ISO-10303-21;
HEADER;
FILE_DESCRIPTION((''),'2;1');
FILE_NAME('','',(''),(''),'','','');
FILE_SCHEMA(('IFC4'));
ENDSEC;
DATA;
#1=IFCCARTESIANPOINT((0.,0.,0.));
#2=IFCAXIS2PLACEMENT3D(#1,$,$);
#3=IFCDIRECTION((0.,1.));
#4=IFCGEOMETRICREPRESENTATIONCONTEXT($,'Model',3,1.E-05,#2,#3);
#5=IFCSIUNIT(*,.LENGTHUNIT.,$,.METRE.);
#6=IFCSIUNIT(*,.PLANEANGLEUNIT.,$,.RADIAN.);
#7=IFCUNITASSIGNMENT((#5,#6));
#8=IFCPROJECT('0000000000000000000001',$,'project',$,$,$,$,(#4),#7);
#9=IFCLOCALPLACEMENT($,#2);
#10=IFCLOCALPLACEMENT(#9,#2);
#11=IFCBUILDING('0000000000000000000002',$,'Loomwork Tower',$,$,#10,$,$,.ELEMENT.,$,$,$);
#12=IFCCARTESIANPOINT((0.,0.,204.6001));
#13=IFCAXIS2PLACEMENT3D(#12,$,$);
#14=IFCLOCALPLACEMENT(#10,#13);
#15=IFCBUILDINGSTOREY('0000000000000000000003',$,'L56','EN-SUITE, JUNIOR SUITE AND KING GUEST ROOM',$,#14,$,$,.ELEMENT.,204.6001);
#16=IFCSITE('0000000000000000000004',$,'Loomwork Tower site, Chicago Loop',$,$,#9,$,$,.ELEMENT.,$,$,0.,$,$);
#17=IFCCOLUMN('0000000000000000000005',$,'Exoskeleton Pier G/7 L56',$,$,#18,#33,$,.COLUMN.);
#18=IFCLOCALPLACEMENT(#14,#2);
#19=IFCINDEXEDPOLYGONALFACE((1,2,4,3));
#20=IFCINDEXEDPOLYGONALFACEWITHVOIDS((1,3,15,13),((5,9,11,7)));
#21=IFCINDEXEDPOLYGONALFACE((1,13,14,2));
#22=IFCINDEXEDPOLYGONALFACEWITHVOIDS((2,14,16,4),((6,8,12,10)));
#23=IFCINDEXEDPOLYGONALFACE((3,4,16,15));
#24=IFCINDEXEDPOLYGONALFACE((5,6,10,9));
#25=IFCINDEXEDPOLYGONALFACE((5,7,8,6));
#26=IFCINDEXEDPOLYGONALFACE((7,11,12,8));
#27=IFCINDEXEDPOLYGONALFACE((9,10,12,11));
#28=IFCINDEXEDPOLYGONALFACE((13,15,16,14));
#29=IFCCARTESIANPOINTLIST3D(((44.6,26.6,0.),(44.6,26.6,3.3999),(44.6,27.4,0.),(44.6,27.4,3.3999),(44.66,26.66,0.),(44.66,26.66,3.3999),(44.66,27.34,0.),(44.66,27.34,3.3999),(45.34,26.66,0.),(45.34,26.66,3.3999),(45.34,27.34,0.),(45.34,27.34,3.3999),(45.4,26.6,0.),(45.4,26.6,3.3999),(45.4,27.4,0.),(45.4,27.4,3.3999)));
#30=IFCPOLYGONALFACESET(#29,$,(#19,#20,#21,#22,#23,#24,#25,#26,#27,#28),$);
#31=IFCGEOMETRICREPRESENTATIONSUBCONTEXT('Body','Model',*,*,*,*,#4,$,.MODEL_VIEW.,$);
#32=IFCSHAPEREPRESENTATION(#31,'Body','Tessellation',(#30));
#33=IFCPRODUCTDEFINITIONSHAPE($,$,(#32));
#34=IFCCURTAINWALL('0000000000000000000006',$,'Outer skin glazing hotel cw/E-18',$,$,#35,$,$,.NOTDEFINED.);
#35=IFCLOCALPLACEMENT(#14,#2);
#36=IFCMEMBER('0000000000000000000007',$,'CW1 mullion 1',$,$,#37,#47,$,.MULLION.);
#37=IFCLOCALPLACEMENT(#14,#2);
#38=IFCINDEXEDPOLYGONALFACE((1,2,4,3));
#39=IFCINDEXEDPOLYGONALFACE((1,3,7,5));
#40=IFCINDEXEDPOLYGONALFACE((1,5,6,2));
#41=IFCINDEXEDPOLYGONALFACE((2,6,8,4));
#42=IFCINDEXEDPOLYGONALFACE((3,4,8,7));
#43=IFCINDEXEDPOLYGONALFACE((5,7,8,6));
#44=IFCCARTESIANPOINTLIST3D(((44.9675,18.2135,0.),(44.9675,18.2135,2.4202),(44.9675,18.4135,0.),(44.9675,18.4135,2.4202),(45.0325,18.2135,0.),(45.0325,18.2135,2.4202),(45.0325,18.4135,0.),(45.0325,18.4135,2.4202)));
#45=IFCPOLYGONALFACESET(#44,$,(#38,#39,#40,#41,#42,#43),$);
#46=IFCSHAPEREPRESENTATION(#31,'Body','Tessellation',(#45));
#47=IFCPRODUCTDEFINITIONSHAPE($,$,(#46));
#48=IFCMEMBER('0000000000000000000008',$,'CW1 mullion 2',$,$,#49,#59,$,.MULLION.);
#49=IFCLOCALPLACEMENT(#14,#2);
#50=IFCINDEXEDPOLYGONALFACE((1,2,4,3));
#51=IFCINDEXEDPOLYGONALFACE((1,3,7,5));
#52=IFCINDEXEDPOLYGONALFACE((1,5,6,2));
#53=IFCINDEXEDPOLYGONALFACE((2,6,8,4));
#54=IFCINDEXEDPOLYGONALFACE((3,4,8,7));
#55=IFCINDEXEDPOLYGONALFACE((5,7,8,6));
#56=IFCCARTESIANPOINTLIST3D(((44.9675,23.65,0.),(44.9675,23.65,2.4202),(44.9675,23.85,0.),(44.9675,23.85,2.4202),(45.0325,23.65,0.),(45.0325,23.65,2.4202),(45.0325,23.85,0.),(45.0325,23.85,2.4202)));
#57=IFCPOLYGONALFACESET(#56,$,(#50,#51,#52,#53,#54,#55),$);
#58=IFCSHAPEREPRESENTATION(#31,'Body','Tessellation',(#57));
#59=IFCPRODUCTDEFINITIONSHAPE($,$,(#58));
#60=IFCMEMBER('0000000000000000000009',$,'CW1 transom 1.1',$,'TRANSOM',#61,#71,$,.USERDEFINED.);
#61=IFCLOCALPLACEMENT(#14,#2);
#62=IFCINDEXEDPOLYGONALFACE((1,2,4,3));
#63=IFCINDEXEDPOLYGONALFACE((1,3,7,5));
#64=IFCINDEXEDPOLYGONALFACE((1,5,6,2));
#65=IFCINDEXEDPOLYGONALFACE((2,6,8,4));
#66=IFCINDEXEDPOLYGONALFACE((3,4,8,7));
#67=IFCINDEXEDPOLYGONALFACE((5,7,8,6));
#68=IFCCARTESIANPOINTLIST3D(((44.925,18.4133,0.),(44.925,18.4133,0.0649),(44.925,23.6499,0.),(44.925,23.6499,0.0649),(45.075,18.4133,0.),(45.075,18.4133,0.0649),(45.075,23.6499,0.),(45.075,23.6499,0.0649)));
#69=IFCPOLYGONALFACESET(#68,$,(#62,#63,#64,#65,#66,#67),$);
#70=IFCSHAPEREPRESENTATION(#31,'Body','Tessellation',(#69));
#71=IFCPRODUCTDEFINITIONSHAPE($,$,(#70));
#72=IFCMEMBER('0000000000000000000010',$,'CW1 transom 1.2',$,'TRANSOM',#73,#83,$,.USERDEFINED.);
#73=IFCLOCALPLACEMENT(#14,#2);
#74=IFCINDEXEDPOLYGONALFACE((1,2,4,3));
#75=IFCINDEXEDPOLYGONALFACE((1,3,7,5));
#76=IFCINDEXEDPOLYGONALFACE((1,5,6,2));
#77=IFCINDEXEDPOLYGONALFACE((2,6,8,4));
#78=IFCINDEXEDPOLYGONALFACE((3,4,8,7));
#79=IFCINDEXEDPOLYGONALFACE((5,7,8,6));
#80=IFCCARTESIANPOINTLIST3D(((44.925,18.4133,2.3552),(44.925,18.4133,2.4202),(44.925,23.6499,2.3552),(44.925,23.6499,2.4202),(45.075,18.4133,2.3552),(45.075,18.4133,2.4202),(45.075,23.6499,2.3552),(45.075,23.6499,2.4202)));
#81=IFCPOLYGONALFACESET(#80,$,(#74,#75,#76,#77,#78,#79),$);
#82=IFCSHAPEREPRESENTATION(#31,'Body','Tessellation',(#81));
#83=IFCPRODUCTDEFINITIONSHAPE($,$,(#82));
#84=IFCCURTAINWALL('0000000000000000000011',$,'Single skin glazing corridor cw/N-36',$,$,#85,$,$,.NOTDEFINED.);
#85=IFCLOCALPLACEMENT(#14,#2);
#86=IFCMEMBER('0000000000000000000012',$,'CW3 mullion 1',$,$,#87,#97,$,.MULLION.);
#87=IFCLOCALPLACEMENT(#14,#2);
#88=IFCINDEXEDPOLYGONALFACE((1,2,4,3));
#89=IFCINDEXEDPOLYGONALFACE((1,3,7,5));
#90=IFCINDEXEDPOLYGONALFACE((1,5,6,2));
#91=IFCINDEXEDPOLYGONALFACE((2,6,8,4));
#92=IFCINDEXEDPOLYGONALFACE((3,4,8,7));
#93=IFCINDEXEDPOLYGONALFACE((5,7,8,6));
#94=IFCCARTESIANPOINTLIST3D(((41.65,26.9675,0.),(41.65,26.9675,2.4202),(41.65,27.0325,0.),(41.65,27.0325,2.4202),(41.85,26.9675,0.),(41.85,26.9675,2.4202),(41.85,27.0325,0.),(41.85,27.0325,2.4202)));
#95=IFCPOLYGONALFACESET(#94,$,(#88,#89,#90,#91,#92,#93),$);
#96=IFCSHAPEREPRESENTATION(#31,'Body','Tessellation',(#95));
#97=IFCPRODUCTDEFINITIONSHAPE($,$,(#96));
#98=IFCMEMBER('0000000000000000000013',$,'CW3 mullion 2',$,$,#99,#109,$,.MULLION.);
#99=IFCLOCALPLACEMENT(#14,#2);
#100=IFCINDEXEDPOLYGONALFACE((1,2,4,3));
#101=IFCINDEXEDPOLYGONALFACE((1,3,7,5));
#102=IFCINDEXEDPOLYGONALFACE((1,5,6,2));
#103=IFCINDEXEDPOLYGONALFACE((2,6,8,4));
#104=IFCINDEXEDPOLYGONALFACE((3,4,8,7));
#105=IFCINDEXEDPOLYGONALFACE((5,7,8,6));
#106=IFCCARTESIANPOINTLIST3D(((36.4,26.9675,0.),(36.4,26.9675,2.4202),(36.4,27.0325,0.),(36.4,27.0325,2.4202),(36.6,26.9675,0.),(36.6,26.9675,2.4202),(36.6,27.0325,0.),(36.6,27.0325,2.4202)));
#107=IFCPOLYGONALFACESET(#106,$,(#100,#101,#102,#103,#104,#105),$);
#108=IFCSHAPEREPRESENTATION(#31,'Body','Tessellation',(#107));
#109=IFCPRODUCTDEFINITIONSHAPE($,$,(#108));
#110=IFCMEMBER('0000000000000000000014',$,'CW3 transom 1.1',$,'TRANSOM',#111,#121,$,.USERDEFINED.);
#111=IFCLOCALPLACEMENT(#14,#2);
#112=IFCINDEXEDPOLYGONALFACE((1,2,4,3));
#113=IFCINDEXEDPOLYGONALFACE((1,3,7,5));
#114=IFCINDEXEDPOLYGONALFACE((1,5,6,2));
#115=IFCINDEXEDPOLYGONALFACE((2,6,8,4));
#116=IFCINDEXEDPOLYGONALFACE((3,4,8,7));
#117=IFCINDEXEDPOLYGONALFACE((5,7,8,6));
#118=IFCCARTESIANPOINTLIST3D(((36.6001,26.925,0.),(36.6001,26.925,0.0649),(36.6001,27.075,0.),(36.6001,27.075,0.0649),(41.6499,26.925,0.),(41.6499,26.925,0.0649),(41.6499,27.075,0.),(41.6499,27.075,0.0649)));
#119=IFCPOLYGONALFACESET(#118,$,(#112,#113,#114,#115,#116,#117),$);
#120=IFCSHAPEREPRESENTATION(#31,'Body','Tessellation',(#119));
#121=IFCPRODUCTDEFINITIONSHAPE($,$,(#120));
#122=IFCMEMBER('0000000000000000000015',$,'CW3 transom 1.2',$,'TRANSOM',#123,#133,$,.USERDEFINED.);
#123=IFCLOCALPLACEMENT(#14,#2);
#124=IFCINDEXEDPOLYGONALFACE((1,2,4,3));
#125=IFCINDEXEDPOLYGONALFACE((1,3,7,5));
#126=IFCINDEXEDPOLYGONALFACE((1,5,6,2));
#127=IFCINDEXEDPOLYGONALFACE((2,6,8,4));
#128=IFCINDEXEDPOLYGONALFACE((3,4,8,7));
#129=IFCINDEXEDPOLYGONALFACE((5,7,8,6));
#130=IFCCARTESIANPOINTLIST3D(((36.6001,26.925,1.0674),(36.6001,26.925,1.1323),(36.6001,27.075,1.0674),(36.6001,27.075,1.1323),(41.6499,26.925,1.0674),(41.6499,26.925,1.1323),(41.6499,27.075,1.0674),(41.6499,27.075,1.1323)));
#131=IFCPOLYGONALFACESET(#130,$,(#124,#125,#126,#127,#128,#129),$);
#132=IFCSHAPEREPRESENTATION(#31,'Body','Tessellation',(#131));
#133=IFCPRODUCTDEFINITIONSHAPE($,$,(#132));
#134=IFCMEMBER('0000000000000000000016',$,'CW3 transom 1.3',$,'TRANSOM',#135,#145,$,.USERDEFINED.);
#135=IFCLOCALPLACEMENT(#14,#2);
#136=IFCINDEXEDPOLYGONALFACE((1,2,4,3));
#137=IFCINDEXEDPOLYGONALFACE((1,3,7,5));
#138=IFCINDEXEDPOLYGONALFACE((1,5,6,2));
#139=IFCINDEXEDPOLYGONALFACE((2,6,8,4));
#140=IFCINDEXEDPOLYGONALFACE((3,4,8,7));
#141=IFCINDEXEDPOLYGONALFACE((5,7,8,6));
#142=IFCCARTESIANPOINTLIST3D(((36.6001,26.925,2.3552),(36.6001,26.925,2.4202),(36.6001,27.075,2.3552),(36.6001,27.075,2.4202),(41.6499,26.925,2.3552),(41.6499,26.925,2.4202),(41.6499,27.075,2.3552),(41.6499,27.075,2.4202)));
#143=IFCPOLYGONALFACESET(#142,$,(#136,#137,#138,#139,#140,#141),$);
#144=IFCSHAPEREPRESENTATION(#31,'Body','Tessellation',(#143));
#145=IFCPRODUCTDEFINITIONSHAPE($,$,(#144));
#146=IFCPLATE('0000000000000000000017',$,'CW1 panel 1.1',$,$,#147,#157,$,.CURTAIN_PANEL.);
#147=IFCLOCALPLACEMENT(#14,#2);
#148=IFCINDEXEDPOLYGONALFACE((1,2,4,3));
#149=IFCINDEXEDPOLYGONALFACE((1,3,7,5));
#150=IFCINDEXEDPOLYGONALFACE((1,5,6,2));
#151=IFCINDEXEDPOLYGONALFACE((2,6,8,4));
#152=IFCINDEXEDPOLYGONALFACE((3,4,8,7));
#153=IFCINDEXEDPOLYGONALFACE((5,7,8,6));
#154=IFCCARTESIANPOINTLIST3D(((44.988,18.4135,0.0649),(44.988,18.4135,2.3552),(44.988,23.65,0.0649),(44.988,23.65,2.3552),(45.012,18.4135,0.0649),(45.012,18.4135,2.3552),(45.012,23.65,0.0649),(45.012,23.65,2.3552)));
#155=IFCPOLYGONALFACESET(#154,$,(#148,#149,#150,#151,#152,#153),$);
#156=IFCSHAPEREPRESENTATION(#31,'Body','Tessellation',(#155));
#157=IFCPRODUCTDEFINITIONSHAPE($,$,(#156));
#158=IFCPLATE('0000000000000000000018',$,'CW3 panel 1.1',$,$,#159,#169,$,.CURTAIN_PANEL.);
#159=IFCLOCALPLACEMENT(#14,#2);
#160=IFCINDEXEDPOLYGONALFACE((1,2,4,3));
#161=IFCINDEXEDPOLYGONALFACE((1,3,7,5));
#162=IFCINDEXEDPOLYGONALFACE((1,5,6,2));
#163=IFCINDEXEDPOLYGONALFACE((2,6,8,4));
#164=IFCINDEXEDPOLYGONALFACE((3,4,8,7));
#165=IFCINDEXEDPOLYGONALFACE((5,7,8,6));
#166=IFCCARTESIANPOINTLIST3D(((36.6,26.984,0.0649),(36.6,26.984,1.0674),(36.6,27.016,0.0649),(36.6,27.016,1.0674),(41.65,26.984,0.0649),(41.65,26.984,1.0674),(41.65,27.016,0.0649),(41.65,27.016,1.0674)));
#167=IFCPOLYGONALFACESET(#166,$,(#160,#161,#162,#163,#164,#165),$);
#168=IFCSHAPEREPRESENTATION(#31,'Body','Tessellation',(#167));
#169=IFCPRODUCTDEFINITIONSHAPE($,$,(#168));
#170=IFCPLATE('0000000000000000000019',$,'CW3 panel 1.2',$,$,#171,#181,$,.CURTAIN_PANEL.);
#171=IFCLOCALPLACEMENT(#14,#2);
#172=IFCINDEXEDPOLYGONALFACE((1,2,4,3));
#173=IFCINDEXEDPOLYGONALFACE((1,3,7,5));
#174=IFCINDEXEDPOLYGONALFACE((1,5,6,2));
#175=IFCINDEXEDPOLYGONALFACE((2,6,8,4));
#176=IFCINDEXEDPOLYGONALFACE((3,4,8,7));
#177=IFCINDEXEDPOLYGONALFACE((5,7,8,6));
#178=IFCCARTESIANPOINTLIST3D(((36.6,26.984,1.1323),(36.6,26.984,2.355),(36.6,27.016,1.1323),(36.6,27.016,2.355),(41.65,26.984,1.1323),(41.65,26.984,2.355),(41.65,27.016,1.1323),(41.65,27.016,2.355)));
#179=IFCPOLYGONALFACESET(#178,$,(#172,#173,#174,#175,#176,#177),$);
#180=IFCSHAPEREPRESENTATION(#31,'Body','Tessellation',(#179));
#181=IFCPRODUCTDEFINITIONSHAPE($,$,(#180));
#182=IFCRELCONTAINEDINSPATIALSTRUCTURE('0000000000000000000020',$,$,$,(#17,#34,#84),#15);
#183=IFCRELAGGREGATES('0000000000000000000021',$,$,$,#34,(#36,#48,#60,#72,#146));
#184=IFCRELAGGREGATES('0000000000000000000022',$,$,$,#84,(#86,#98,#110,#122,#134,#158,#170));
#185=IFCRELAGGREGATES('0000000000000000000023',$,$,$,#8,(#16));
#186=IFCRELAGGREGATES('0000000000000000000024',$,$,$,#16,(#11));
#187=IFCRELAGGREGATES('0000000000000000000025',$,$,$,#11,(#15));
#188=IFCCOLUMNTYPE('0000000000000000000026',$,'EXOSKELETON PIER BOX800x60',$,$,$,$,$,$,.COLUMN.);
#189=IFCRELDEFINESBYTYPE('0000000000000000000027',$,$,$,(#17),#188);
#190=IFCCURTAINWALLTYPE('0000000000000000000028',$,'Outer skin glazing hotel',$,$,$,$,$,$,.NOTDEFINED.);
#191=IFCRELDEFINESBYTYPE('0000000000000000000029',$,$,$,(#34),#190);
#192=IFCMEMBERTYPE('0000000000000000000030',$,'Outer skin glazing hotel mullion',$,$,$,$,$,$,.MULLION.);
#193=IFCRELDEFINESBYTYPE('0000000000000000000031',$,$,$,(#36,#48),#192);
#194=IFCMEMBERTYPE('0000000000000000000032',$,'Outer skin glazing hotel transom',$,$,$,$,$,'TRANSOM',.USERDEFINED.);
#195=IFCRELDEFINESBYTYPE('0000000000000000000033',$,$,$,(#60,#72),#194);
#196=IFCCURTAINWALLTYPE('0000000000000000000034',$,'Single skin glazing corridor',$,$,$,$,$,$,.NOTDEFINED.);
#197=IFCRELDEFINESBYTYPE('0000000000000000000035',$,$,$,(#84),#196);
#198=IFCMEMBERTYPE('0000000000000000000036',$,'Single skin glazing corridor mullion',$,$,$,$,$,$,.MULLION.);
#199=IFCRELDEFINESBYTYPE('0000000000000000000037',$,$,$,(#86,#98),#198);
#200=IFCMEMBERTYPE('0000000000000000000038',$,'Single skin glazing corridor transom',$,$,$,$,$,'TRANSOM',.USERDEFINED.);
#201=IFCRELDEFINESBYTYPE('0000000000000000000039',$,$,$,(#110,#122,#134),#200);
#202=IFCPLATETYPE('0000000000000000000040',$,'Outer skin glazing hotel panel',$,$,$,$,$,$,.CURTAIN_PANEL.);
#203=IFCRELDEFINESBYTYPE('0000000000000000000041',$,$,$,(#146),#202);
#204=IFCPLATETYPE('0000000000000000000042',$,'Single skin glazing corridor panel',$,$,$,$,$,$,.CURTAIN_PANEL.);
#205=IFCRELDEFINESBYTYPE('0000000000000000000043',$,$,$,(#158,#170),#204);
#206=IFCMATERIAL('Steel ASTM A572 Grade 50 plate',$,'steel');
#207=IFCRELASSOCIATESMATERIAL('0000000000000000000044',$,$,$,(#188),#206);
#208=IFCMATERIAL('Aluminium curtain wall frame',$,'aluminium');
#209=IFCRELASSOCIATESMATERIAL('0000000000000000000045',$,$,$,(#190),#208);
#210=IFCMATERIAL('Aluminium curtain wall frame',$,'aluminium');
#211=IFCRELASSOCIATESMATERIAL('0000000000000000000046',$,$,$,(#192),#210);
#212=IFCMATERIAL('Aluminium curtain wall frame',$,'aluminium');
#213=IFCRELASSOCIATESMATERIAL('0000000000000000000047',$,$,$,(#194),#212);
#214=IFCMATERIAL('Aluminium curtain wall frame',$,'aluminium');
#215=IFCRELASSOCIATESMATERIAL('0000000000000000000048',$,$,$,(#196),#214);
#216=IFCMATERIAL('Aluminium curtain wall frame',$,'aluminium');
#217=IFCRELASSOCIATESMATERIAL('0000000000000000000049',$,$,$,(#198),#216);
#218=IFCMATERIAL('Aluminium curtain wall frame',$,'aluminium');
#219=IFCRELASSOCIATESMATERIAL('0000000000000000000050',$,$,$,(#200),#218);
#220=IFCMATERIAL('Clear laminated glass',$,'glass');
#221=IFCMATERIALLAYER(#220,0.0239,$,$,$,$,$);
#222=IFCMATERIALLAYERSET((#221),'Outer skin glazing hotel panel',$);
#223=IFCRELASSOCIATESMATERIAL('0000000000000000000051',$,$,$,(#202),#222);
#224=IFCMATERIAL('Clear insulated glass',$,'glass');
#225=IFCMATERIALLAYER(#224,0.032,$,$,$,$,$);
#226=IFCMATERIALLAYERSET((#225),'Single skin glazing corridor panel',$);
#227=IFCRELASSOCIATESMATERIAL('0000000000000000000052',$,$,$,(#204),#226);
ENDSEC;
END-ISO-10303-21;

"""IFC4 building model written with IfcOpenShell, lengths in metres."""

from ifc_helpers import new_model, si_unit, direction, frame, origin, origin_2d, place, context, subcontext, project, spatial, rectangle, hollow_rectangle, extrude, material, layer, layer_set, material_profile, profile_set, type_object, element, aggregate, save


model = new_model("IFC4")

# Units and contexts
model_context = context("Model", 3, precision=1e-05, world=origin(), true_north=direction((0.0, 1.0)))
body_context = subcontext(model_context, "Body", "Model", "MODEL_VIEW")
ifc_project = project(units=[si_unit("LENGTHUNIT", "METRE"), si_unit("PLANEANGLEUNIT", "RADIAN")], contexts=[model_context])

# Site, building, storey
site_placement = place(None, origin())
site = spatial("IfcSite", under=ifc_project, at=site_placement, Name="Loomwork Tower site, Chicago Loop", CompositionType="ELEMENT", RefElevation=0.0)
building_placement = place(site_placement, origin())
building = spatial("IfcBuilding", under=site, at=building_placement, Name="Loomwork Tower", CompositionType="ELEMENT")
storey_placement = place(building_placement, frame((0.0, 0.0, 204.6001)))
storey = spatial("IfcBuildingStorey", under=building, at=storey_placement, Name="L56", Description="EN-SUITE, JUNIOR SUITE AND KING GUEST ROOM", CompositionType="ELEMENT", Elevation=204.6001)

# Column
ifc_material_1 = material(Name="Steel ASTM A572 Grade 50 plate", Category="steel")
ifc_material_profile_1 = material_profile(ifc_material_1, hollow_rectangle(XDim=0.8, YDim=0.8, WallThickness=0.0601, at=origin_2d()), Name="BOX800x60")
ifc_profile_set_1 = profile_set([ifc_material_profile_1], Name="Steel ASTM A572 Grade 50 plate")
column_type = type_object("IfcColumnType", Name="EXOSKELETON PIER BOX800x60", PredefinedType="COLUMN", material=ifc_profile_set_1)
column_placement = place(storey_placement, frame((45.0, 27.0, 0.0), z_axis=(0.0, 0.0, 1.0), x_axis=(0.0, 1.0, 0.0)))
element("IfcColumn", 1, at=column_placement, inside=storey, type_object=column_type, Name="Exoskeleton Pier G/7 L56", PredefinedType="COLUMN", context=body_context, shape_type="SweptSolid", body=[
    extrude(hollow_rectangle(XDim=0.8, YDim=0.8, WallThickness=0.0601, at=origin_2d()), origin(), (0.0, 0.0, 1.0), 3.3999),
])

# Curtain walls, members
ifc_material_2 = material(Name="Aluminium curtain wall frame", Category="aluminium")
curtain_wall_type_1 = type_object("IfcCurtainWallType", Name="Outer skin glazing hotel", PredefinedType="NOTDEFINED", material=ifc_material_2)
curtain_wall_1_placement = place(storey_placement, origin())
curtain_wall_1 = element("IfcCurtainWall", 2, at=curtain_wall_1_placement, inside=storey, type_object=curtain_wall_type_1, Name="Outer skin glazing hotel cw/E-18", PredefinedType="NOTDEFINED")
ifc_material_3 = material(Name="Aluminium curtain wall frame", Category="aluminium")
ifc_material_profile_2 = material_profile(ifc_material_3, rectangle(XDim=0.0649, YDim=0.2, at=origin_2d()), Name="AL 65x200")
ifc_profile_set_2 = profile_set([ifc_material_profile_2], Name="Aluminium curtain wall frame")
member_type_1 = type_object("IfcMemberType", Name="Outer skin glazing hotel mullion", PredefinedType="MULLION", material=ifc_profile_set_2)
member_1_placement = place(storey_placement, frame((45.0, 18.3135, 0.0), z_axis=(0.0, 0.0, 1.0), x_axis=(-1.0, 0.0, 0.0)))
member_1 = element("IfcMember", 3, at=member_1_placement, type_object=member_type_1, Name="CW1 mullion 1", PredefinedType="MULLION", context=body_context, shape_type="SweptSolid", body=[
    extrude(rectangle(XDim=0.0649, YDim=0.2, at=origin_2d()), origin(), (0.0, 0.0, 1.0), 2.4202),
])
member_2_placement = place(storey_placement, frame((45.0, 23.75, 0.0), z_axis=(0.0, 0.0, 1.0), x_axis=(-1.0, 0.0, 0.0)))
member_2 = element("IfcMember", 4, at=member_2_placement, type_object=member_type_1, Name="CW1 mullion 2", PredefinedType="MULLION", context=body_context, shape_type="SweptSolid", body=[
    extrude(rectangle(XDim=0.0649, YDim=0.2, at=origin_2d()), origin(), (0.0, 0.0, 1.0), 2.4202),
])
ifc_material_4 = material(Name="Aluminium curtain wall frame", Category="aluminium")
ifc_material_profile_3 = material_profile(ifc_material_4, rectangle(XDim=0.1499, YDim=0.0649, at=origin_2d()), Name="AL 65x150")
ifc_profile_set_3 = profile_set([ifc_material_profile_3], Name="Aluminium curtain wall frame")
member_type_2 = type_object("IfcMemberType", Name="Outer skin glazing hotel transom", ElementType="TRANSOM", PredefinedType="USERDEFINED", material=ifc_profile_set_3)
member_3_placement = place(storey_placement, frame((45.0, 18.4133, 0.0325), z_axis=(0.0, 1.0, 0.0), x_axis=(-1.0, 0.0, 0.0)))
member_3 = element("IfcMember", 5, at=member_3_placement, type_object=member_type_2, Name="CW1 transom 1.1", ObjectType="TRANSOM", PredefinedType="USERDEFINED", context=body_context, shape_type="SweptSolid", body=[
    extrude(rectangle(XDim=0.1499, YDim=0.0649, at=origin_2d()), origin(), (0.0, 0.0, 1.0), 5.2366),
])
member_4_placement = place(storey_placement, frame((45.0, 18.4133, 2.3877), z_axis=(0.0, 1.0, 0.0), x_axis=(-1.0, 0.0, 0.0)))
member_4 = element("IfcMember", 6, at=member_4_placement, type_object=member_type_2, Name="CW1 transom 1.2", ObjectType="TRANSOM", PredefinedType="USERDEFINED", context=body_context, shape_type="SweptSolid", body=[
    extrude(rectangle(XDim=0.1499, YDim=0.0649, at=origin_2d()), origin(), (0.0, 0.0, 1.0), 5.2366),
])
ifc_material_5 = material(Name="Aluminium curtain wall frame", Category="aluminium")
curtain_wall_type_2 = type_object("IfcCurtainWallType", Name="Single skin glazing corridor", PredefinedType="NOTDEFINED", material=ifc_material_5)
curtain_wall_2_placement = place(storey_placement, origin())
curtain_wall_2 = element("IfcCurtainWall", 7, at=curtain_wall_2_placement, inside=storey, type_object=curtain_wall_type_2, Name="Single skin glazing corridor cw/N-36", PredefinedType="NOTDEFINED")
ifc_material_6 = material(Name="Aluminium curtain wall frame", Category="aluminium")
ifc_material_profile_4 = material_profile(ifc_material_6, rectangle(XDim=0.0649, YDim=0.2, at=origin_2d()), Name="AL 65x200")
ifc_profile_set_4 = profile_set([ifc_material_profile_4], Name="Aluminium curtain wall frame")
member_type_3 = type_object("IfcMemberType", Name="Single skin glazing corridor mullion", PredefinedType="MULLION", material=ifc_profile_set_4)
member_5_placement = place(storey_placement, frame((41.75, 27.0, 0.0), z_axis=(0.0, 0.0, 1.0), x_axis=(0.0, -1.0, 0.0)))
member_5 = element("IfcMember", 8, at=member_5_placement, type_object=member_type_3, Name="CW3 mullion 1", PredefinedType="MULLION", context=body_context, shape_type="SweptSolid", body=[
    extrude(rectangle(XDim=0.0649, YDim=0.2, at=origin_2d()), origin(), (0.0, 0.0, 1.0), 2.4202),
])
member_6_placement = place(storey_placement, frame((36.5, 27.0, 0.0), z_axis=(0.0, 0.0, 1.0), x_axis=(0.0, -1.0, 0.0)))
member_6 = element("IfcMember", 9, at=member_6_placement, type_object=member_type_3, Name="CW3 mullion 2", PredefinedType="MULLION", context=body_context, shape_type="SweptSolid", body=[
    extrude(rectangle(XDim=0.0649, YDim=0.2, at=origin_2d()), origin(), (0.0, 0.0, 1.0), 2.4202),
])
ifc_material_7 = material(Name="Aluminium curtain wall frame", Category="aluminium")
ifc_material_profile_5 = material_profile(ifc_material_7, rectangle(XDim=0.1499, YDim=0.0649, at=origin_2d()), Name="AL 65x150")
ifc_profile_set_5 = profile_set([ifc_material_profile_5], Name="Aluminium curtain wall frame")
member_type_4 = type_object("IfcMemberType", Name="Single skin glazing corridor transom", ElementType="TRANSOM", PredefinedType="USERDEFINED", material=ifc_profile_set_5)
member_7_placement = place(storey_placement, frame((41.6499, 27.0, 0.0325), z_axis=(-1.0, 0.0, 0.0), x_axis=(0.0, -1.0, 0.0)))
member_7 = element("IfcMember", 10, at=member_7_placement, type_object=member_type_4, Name="CW3 transom 1.1", ObjectType="TRANSOM", PredefinedType="USERDEFINED", context=body_context, shape_type="SweptSolid", body=[
    extrude(rectangle(XDim=0.1499, YDim=0.0649, at=origin_2d()), origin(), (0.0, 0.0, 1.0), 5.0498),
])
member_8_placement = place(storey_placement, frame((41.6499, 27.0, 1.0999), z_axis=(-1.0, 0.0, 0.0), x_axis=(0.0, -1.0, 0.0)))
member_8 = element("IfcMember", 11, at=member_8_placement, type_object=member_type_4, Name="CW3 transom 1.2", ObjectType="TRANSOM", PredefinedType="USERDEFINED", context=body_context, shape_type="SweptSolid", body=[
    extrude(rectangle(XDim=0.1499, YDim=0.0649, at=origin_2d()), origin(), (0.0, 0.0, 1.0), 5.0498),
])
member_9_placement = place(storey_placement, frame((41.6499, 27.0, 2.3877), z_axis=(-1.0, 0.0, 0.0), x_axis=(0.0, -1.0, 0.0)))
member_9 = element("IfcMember", 12, at=member_9_placement, type_object=member_type_4, Name="CW3 transom 1.3", ObjectType="TRANSOM", PredefinedType="USERDEFINED", context=body_context, shape_type="SweptSolid", body=[
    extrude(rectangle(XDim=0.1499, YDim=0.0649, at=origin_2d()), origin(), (0.0, 0.0, 1.0), 5.0498),
])

# Plates
ifc_material_8 = material(Name="Clear laminated glass", Category="glass")
ifc_layer_1 = layer(ifc_material_8, 0.0239)
ifc_layer_set_1 = layer_set([ifc_layer_1], Name="Outer skin glazing hotel panel")
plate_type_1 = type_object("IfcPlateType", Name="Outer skin glazing hotel panel", PredefinedType="CURTAIN_PANEL", material=ifc_layer_set_1)
plate_1_placement = place(storey_placement, frame((45.0, 21.0317, 0.0649), z_axis=(0.0, 0.0, 1.0), x_axis=(0.0, 1.0, 0.0)))
plate_1 = element("IfcPlate", 13, at=plate_1_placement, type_object=plate_type_1, Name="CW1 panel 1.1", PredefinedType="CURTAIN_PANEL", context=body_context, shape_type="SweptSolid", body=[
    extrude(rectangle(XDim=5.2366, YDim=0.0239, at=origin_2d()), origin(), (0.0, 0.0, 1.0), 2.2903),
])
aggregate(curtain_wall_1, [member_1, member_2, member_3, member_4, plate_1])
ifc_material_9 = material(Name="Clear insulated glass", Category="glass")
ifc_layer_2 = layer(ifc_material_9, 0.032)
ifc_layer_set_2 = layer_set([ifc_layer_2], Name="Single skin glazing corridor panel")
plate_type_2 = type_object("IfcPlateType", Name="Single skin glazing corridor panel", PredefinedType="CURTAIN_PANEL", material=ifc_layer_set_2)
plate_2_placement = place(storey_placement, frame((39.125, 27.0, 0.0649), z_axis=(0.0, 0.0, 1.0), x_axis=(-1.0, 0.0, 0.0)))
plate_2 = element("IfcPlate", 14, at=plate_2_placement, type_object=plate_type_2, Name="CW3 panel 1.1", PredefinedType="CURTAIN_PANEL", context=body_context, shape_type="SweptSolid", body=[
    extrude(rectangle(XDim=5.05, YDim=0.032, at=origin_2d()), origin(), (0.0, 0.0, 1.0), 1.0024),
])
plate_3_placement = place(storey_placement, frame((39.125, 27.0, 1.1323), z_axis=(0.0, 0.0, 1.0), x_axis=(-1.0, 0.0, 0.0)))
plate_3 = element("IfcPlate", 15, at=plate_3_placement, type_object=plate_type_2, Name="CW3 panel 1.2", PredefinedType="CURTAIN_PANEL", context=body_context, shape_type="SweptSolid", body=[
    extrude(rectangle(XDim=5.05, YDim=0.032, at=origin_2d()), origin(), (0.0, 0.0, 1.0), 1.2227),
])
aggregate(curtain_wall_2, [member_5, member_6, member_7, member_8, member_9, plate_2, plate_3])

save(model, "model.ifc")
